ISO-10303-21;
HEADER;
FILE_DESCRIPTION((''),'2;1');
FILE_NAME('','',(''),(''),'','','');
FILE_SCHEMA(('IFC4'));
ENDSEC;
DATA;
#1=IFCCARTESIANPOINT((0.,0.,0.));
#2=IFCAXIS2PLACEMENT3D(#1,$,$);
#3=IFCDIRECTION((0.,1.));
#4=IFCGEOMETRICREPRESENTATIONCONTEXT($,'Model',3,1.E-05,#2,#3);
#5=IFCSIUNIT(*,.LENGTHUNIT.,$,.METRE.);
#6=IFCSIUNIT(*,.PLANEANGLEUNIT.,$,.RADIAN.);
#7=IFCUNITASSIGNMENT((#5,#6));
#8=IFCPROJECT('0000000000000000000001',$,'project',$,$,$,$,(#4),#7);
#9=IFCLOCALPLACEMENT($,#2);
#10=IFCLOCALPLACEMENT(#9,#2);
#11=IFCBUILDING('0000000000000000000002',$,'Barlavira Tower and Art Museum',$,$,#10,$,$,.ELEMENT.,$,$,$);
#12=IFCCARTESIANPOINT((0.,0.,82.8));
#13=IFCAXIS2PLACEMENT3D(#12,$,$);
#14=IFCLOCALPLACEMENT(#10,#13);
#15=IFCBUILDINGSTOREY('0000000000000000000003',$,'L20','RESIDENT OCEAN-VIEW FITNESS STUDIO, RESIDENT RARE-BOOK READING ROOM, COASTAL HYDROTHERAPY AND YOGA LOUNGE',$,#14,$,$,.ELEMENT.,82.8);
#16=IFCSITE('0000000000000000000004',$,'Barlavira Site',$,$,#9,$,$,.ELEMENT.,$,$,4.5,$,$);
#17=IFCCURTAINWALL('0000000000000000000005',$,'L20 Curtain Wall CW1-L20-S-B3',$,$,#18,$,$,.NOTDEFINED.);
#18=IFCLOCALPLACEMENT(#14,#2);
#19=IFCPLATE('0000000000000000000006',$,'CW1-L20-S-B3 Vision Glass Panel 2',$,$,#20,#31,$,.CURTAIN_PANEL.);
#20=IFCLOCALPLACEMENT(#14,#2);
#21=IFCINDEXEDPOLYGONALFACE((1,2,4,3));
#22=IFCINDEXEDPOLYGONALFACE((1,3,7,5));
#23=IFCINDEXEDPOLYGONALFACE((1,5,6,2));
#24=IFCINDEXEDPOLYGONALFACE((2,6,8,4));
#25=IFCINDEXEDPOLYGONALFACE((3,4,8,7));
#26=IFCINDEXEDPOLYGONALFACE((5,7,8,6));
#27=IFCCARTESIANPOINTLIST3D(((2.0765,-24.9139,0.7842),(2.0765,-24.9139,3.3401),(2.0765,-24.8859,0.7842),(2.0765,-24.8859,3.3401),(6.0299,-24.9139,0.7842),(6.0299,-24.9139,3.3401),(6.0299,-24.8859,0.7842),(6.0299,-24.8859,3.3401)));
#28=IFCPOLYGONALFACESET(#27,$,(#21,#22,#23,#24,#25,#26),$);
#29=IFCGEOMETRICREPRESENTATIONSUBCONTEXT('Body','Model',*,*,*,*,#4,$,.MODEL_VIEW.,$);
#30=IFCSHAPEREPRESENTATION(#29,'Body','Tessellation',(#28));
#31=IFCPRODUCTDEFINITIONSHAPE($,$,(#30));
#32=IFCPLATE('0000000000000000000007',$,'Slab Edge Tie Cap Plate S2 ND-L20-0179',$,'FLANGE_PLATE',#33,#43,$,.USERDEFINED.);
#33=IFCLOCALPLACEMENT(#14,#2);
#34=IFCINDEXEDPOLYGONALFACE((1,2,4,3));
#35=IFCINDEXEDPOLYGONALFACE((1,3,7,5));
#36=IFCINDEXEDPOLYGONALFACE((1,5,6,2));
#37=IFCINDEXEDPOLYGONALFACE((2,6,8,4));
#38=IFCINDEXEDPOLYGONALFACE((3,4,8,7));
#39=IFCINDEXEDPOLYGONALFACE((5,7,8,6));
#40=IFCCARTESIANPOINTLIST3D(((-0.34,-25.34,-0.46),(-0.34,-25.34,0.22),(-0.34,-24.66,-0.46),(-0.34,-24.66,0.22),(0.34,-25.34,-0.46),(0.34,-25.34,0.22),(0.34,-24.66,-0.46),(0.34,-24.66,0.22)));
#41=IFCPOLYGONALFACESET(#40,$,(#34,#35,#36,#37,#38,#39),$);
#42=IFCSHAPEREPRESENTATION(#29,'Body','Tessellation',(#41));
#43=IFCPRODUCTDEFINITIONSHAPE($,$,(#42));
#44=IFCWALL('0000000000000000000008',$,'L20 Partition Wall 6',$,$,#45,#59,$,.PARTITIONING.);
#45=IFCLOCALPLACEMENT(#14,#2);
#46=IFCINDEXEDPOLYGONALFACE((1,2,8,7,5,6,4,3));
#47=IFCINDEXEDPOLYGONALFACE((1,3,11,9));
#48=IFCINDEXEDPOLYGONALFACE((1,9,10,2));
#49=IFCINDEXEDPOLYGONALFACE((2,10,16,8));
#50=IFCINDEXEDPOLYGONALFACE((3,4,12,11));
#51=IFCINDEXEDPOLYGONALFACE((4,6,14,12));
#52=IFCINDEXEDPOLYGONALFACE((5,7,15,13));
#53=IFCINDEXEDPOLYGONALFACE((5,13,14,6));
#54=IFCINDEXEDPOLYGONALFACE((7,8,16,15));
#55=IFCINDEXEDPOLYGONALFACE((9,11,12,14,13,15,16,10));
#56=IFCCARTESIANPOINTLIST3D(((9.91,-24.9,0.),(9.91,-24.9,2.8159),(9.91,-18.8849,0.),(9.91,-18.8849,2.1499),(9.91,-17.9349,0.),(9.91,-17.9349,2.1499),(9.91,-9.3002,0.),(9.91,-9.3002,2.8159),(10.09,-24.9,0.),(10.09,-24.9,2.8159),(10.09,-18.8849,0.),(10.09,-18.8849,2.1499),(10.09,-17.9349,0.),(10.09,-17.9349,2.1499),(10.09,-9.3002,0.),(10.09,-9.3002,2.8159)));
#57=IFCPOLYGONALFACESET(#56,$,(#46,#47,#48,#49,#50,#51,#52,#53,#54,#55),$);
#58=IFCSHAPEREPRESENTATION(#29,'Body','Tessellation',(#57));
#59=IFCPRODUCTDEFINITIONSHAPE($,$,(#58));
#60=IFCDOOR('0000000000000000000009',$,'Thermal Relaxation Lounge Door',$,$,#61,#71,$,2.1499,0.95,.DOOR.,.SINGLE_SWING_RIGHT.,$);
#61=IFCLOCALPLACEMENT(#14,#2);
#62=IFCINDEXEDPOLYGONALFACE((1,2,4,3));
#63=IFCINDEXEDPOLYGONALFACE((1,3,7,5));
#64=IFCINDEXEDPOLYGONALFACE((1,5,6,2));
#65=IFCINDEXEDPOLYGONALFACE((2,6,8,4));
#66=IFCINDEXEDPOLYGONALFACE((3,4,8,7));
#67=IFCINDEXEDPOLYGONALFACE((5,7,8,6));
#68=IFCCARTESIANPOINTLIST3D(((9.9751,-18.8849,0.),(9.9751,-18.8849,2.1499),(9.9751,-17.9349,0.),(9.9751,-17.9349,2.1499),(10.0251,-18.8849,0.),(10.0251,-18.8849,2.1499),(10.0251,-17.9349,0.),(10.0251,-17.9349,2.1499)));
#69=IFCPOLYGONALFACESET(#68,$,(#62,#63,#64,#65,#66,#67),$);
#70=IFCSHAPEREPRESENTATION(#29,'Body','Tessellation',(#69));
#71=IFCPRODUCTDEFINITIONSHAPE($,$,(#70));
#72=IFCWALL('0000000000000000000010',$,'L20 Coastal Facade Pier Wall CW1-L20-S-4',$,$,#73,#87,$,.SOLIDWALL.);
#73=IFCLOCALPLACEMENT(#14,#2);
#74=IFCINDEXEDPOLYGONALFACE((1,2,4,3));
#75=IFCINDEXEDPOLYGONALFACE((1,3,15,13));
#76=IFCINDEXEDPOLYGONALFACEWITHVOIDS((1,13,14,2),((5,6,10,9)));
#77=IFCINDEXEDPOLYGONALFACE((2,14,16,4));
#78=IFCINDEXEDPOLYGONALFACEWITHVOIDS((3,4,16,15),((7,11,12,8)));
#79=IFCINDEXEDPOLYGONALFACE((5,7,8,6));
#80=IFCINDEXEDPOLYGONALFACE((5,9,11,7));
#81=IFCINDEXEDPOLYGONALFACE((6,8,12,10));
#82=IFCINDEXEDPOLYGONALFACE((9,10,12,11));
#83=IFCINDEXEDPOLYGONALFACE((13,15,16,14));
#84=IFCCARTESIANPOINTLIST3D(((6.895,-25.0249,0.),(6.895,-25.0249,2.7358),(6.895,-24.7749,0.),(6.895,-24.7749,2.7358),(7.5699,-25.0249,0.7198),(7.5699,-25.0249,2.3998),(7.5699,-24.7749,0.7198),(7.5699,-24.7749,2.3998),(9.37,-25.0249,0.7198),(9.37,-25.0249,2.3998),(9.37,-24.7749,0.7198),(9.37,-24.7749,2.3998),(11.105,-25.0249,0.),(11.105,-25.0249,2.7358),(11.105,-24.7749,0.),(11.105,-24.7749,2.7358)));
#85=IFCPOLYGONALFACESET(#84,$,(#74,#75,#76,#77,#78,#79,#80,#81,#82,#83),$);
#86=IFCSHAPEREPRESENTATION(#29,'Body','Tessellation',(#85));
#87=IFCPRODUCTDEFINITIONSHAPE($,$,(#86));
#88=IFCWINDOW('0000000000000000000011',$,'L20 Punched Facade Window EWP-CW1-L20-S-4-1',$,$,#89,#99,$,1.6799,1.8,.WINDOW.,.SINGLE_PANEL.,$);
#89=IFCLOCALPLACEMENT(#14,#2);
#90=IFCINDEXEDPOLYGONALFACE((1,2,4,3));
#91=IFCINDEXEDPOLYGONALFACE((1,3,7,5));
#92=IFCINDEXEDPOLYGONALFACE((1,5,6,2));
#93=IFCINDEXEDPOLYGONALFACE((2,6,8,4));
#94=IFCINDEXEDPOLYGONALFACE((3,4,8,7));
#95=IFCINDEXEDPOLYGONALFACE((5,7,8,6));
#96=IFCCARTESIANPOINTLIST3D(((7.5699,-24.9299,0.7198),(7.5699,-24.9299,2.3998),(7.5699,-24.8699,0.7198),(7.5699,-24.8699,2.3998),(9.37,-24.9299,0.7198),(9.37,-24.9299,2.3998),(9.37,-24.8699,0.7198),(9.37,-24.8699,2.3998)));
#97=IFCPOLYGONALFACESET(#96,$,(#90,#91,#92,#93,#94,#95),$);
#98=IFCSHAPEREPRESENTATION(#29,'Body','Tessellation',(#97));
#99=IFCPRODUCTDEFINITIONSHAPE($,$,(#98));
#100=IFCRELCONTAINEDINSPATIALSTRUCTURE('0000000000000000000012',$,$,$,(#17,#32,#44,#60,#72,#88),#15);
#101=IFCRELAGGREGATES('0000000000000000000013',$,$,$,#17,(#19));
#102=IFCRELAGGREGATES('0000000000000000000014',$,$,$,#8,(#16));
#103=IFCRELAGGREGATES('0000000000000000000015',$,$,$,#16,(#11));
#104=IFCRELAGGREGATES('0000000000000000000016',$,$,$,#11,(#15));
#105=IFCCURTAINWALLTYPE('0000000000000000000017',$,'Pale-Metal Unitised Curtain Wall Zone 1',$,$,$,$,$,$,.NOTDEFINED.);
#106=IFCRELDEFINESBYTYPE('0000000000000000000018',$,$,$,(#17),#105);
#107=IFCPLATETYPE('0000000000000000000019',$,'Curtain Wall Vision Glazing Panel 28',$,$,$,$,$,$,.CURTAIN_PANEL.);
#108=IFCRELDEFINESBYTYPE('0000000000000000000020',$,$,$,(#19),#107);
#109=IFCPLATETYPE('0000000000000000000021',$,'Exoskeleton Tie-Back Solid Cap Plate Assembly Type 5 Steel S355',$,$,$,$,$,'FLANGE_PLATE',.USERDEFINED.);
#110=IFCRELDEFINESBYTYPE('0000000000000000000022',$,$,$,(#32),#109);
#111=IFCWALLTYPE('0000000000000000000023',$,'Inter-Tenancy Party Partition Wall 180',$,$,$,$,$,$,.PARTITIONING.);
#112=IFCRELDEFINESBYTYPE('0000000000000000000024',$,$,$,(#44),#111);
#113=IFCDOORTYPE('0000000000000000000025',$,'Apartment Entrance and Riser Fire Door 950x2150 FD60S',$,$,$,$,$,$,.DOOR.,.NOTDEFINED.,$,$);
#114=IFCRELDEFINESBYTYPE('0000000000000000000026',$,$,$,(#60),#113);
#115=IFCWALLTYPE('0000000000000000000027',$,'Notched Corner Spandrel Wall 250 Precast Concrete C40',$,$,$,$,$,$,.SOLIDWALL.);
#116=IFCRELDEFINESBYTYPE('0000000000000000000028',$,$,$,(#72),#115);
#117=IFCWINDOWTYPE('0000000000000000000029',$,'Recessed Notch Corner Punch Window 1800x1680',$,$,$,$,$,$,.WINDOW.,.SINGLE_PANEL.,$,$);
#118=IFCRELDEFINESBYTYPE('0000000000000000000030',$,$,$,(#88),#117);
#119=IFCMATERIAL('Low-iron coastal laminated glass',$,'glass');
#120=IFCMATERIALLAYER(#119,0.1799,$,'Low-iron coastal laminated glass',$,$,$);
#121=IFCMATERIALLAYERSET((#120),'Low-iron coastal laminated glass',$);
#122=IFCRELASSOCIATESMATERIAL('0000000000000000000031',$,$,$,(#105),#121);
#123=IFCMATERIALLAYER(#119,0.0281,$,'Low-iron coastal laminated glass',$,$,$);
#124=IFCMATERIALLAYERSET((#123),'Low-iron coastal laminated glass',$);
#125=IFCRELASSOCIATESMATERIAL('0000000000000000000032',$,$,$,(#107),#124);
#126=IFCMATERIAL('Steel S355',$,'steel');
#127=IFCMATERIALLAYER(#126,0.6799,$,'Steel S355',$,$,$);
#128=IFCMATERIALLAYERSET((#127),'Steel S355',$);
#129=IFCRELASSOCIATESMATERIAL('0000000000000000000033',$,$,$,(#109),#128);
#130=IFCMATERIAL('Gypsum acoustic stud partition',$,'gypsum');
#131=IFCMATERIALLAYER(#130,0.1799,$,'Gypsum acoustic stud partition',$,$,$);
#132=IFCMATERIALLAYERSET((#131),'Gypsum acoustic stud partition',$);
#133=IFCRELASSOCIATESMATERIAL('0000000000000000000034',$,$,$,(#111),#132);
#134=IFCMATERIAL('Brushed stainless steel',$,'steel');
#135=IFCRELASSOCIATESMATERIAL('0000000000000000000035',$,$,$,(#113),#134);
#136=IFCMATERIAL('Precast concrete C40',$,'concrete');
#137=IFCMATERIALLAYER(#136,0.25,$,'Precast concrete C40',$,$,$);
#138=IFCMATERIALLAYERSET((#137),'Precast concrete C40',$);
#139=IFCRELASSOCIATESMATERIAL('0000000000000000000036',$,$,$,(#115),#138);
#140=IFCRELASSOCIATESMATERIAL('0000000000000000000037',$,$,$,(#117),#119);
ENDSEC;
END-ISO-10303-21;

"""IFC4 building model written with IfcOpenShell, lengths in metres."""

from ifc_helpers import new_model, si_unit, direction, frame, frame_2d, origin, origin_2d, place, context, subcontext, project, spatial, rectangle, extrude, material, layer, layer_set, type_object, element, fill, aggregate, save


model = new_model("IFC4")

# Units and contexts
model_context = context("Model", 3, precision=1e-05, world=origin(), true_north=direction((0.0, 1.0)))
body_context = subcontext(model_context, "Body", "Model", "MODEL_VIEW")
ifc_project = project(units=[si_unit("LENGTHUNIT", "METRE"), si_unit("PLANEANGLEUNIT", "RADIAN")], contexts=[model_context])

# Site, building, storey
site_placement = place(None, origin())
site = spatial("IfcSite", under=ifc_project, at=site_placement, Name="Barlavira Site", CompositionType="ELEMENT", RefElevation=4.5)
building_placement = place(site_placement, origin())
building = spatial("IfcBuilding", under=site, at=building_placement, Name="Barlavira Tower and Art Museum", CompositionType="ELEMENT")
storey_placement = place(building_placement, frame((0.0, 0.0, 82.8)))
storey = spatial("IfcBuildingStorey", under=building, at=storey_placement, Name="L20", Description="RESIDENT OCEAN-VIEW FITNESS STUDIO, RESIDENT RARE-BOOK READING ROOM, COASTAL HYDROTHERAPY AND YOGA LOUNGE", CompositionType="ELEMENT", Elevation=82.8)

# Curtain wall
ifc_material_1 = material(Name="Low-iron coastal laminated glass", Category="glass")
ifc_layer_1 = layer(ifc_material_1, 0.1799, Name="Low-iron coastal laminated glass")
ifc_layer_set_1 = layer_set([ifc_layer_1], Name="Low-iron coastal laminated glass")
curtain_wall_type = type_object("IfcCurtainWallType", Name="Pale-Metal Unitised Curtain Wall Zone 1", PredefinedType="NOTDEFINED", material=ifc_layer_set_1)
curtain_wall_placement = place(storey_placement, origin())
curtain_wall = element("IfcCurtainWall", 1, at=curtain_wall_placement, inside=storey, type_object=curtain_wall_type, Name="L20 Curtain Wall CW1-L20-S-B3", PredefinedType="NOTDEFINED")

# Shared definitions
ifc_material_2 = material(Name="Steel S355", Category="steel")

# Plates
ifc_layer_2 = layer(ifc_material_1, 0.0281, Name="Low-iron coastal laminated glass")
ifc_layer_set_2 = layer_set([ifc_layer_2], Name="Low-iron coastal laminated glass")
plate_type_1 = type_object("IfcPlateType", Name="Curtain Wall Vision Glazing Panel 28", PredefinedType="CURTAIN_PANEL", material=ifc_layer_set_2)
plate_1_placement = place(storey_placement, frame((4.0532, -24.8999, 0.7842), z_axis=(0.0, 0.0, 1.0), x_axis=(1.0, 0.0, 0.0)))
plate_1 = element("IfcPlate", 2, at=plate_1_placement, type_object=plate_type_1, Name="CW1-L20-S-B3 Vision Glass Panel 2", PredefinedType="CURTAIN_PANEL", context=body_context, shape_type="SweptSolid", body=[
    extrude(rectangle(XDim=3.9534, YDim=0.0281, at=origin_2d()), origin(), (0.0, 0.0, 1.0), 2.5559),
])
aggregate(curtain_wall, [plate_1])
ifc_layer_3 = layer(ifc_material_2, 0.6799, Name="Steel S355")
ifc_layer_set_3 = layer_set([ifc_layer_3], Name="Steel S355")
plate_type_2 = type_object("IfcPlateType", Name="Exoskeleton Tie-Back Solid Cap Plate Assembly Type 5 Steel S355", ElementType="FLANGE_PLATE", PredefinedType="USERDEFINED", material=ifc_layer_set_3)
plate_2_placement = place(storey_placement, frame((0.0, -25.0, -0.46), z_axis=(0.0, 0.0, 1.0), x_axis=(1.0, 0.0, 0.0)))
element("IfcPlate", 3, at=plate_2_placement, inside=storey, type_object=plate_type_2, Name="Slab Edge Tie Cap Plate S2 ND-L20-0179", ObjectType="FLANGE_PLATE", PredefinedType="USERDEFINED", context=body_context, shape_type="SweptSolid", body=[
    extrude(rectangle(XDim=0.6799, YDim=0.6799, at=origin_2d()), origin(), (0.0, 0.0, 1.0), 0.6799),
])

# Wall, opening, door
ifc_material_3 = material(Name="Gypsum acoustic stud partition", Category="gypsum")
ifc_layer_4 = layer(ifc_material_3, 0.1799, Name="Gypsum acoustic stud partition")
ifc_layer_set_4 = layer_set([ifc_layer_4], Name="Gypsum acoustic stud partition")
wall_type_1 = type_object("IfcWallType", Name="Inter-Tenancy Party Partition Wall 180", PredefinedType="PARTITIONING", material=ifc_layer_set_4)
wall_1_placement = place(storey_placement, frame((10.0, -24.8999, 0.0), z_axis=(0.0, 0.0, 1.0), x_axis=(0.0, 1.0, 0.0)))
wall_1 = element("IfcWall", 4, at=wall_1_placement, inside=storey, type_object=wall_type_1, Name="L20 Partition Wall 6", PredefinedType="PARTITIONING", context=body_context, shape_type="SweptSolid", body=[
    extrude(rectangle(XDim=15.5999, YDim=0.1799, at=frame_2d((7.7998, 0.0))), origin(), (0.0, 0.0, 1.0), 2.8159),
])
opening_1_placement = place(wall_1_placement, frame((6.0149, 0.0, 0.0)))
opening_1 = element("IfcOpeningElement", 5, at=opening_1_placement, cuts=wall_1, PredefinedType="OPENING", context=body_context, shape_type="SweptSolid", body=[
    extrude(rectangle(XDim=0.95, YDim=2.1499, at=frame_2d((0.4751, 1.075))), frame((0.0, 0.1001, 0.0), z_axis=(0.0, -1.0, 0.0), x_axis=(1.0, 0.0, 0.0)), (0.0, 0.0, 1.0), 0.2),
])
ifc_material_4 = material(Name="Brushed stainless steel", Category="steel")
door_type = type_object("IfcDoorType", Name="Apartment Entrance and Riser Fire Door 950x2150 FD60S", OperationType="NOTDEFINED", PredefinedType="DOOR", material=ifc_material_4)
door_placement = place(opening_1_placement, origin())
door = element("IfcDoor", 6, at=door_placement, inside=storey, type_object=door_type, Name="Thermal Relaxation Lounge Door", OperationType="SINGLE_SWING_RIGHT", OverallHeight=2.1499, OverallWidth=0.95, PredefinedType="DOOR", context=body_context, shape_type="SweptSolid", body=[
    extrude(rectangle(XDim=0.95, YDim=2.1499, at=frame_2d((0.4751, 1.075))), frame((0.0, 0.0249, 0.0), z_axis=(0.0, -1.0, 0.0), x_axis=(1.0, 0.0, 0.0)), (0.0, 0.0, 1.0), 0.05),
])
fill(opening_1, door)

# Wall, opening, window
ifc_material_5 = material(Name="Precast concrete C40", Category="concrete")
ifc_layer_5 = layer(ifc_material_5, 0.25, Name="Precast concrete C40")
ifc_layer_set_5 = layer_set([ifc_layer_5], Name="Precast concrete C40")
wall_type_2 = type_object("IfcWallType", Name="Notched Corner Spandrel Wall 250 Precast Concrete C40", PredefinedType="SOLIDWALL", material=ifc_layer_set_5)
wall_2_placement = place(storey_placement, frame((6.895, -24.8999, 0.0), z_axis=(0.0, 0.0, 1.0), x_axis=(1.0, 0.0, 0.0)))
wall_2 = element("IfcWall", 7, at=wall_2_placement, inside=storey, type_object=wall_type_2, Name="L20 Coastal Facade Pier Wall CW1-L20-S-4", PredefinedType="SOLIDWALL", context=body_context, shape_type="SweptSolid", body=[
    extrude(rectangle(XDim=4.21, YDim=0.25, at=frame_2d((2.105, 0.0))), origin(), (0.0, 0.0, 1.0), 2.7358),
])
opening_2_placement = place(wall_2_placement, frame((0.675, 0.0, 0.72)))
opening_2 = element("IfcOpeningElement", 8, at=opening_2_placement, cuts=wall_2, PredefinedType="OPENING", context=body_context, shape_type="SweptSolid", body=[
    extrude(rectangle(XDim=1.8, YDim=1.6799, at=frame_2d((0.8999, 0.8398))), frame((0.0, 0.135, 0.0), z_axis=(0.0, -1.0, 0.0), x_axis=(1.0, 0.0, 0.0)), (0.0, 0.0, 1.0), 0.27),
])
window_type = type_object("IfcWindowType", Name="Recessed Notch Corner Punch Window 1800x1680", PartitioningType="SINGLE_PANEL", PredefinedType="WINDOW", material=ifc_material_1)
window_placement = place(opening_2_placement, origin())
window = element("IfcWindow", 9, at=window_placement, inside=storey, type_object=window_type, Name="L20 Punched Facade Window EWP-CW1-L20-S-4-1", OverallHeight=1.6799, OverallWidth=1.8, PartitioningType="SINGLE_PANEL", PredefinedType="WINDOW", context=body_context, shape_type="SweptSolid", body=[
    extrude(rectangle(XDim=1.8, YDim=1.6799, at=frame_2d((0.8999, 0.8398))), frame((0.0, 0.03, 0.0), z_axis=(0.0, -1.0, 0.0), x_axis=(1.0, 0.0, 0.0)), (0.0, 0.0, 1.0), 0.0601),
])
fill(opening_2, window)

save(model, "model.ifc")
